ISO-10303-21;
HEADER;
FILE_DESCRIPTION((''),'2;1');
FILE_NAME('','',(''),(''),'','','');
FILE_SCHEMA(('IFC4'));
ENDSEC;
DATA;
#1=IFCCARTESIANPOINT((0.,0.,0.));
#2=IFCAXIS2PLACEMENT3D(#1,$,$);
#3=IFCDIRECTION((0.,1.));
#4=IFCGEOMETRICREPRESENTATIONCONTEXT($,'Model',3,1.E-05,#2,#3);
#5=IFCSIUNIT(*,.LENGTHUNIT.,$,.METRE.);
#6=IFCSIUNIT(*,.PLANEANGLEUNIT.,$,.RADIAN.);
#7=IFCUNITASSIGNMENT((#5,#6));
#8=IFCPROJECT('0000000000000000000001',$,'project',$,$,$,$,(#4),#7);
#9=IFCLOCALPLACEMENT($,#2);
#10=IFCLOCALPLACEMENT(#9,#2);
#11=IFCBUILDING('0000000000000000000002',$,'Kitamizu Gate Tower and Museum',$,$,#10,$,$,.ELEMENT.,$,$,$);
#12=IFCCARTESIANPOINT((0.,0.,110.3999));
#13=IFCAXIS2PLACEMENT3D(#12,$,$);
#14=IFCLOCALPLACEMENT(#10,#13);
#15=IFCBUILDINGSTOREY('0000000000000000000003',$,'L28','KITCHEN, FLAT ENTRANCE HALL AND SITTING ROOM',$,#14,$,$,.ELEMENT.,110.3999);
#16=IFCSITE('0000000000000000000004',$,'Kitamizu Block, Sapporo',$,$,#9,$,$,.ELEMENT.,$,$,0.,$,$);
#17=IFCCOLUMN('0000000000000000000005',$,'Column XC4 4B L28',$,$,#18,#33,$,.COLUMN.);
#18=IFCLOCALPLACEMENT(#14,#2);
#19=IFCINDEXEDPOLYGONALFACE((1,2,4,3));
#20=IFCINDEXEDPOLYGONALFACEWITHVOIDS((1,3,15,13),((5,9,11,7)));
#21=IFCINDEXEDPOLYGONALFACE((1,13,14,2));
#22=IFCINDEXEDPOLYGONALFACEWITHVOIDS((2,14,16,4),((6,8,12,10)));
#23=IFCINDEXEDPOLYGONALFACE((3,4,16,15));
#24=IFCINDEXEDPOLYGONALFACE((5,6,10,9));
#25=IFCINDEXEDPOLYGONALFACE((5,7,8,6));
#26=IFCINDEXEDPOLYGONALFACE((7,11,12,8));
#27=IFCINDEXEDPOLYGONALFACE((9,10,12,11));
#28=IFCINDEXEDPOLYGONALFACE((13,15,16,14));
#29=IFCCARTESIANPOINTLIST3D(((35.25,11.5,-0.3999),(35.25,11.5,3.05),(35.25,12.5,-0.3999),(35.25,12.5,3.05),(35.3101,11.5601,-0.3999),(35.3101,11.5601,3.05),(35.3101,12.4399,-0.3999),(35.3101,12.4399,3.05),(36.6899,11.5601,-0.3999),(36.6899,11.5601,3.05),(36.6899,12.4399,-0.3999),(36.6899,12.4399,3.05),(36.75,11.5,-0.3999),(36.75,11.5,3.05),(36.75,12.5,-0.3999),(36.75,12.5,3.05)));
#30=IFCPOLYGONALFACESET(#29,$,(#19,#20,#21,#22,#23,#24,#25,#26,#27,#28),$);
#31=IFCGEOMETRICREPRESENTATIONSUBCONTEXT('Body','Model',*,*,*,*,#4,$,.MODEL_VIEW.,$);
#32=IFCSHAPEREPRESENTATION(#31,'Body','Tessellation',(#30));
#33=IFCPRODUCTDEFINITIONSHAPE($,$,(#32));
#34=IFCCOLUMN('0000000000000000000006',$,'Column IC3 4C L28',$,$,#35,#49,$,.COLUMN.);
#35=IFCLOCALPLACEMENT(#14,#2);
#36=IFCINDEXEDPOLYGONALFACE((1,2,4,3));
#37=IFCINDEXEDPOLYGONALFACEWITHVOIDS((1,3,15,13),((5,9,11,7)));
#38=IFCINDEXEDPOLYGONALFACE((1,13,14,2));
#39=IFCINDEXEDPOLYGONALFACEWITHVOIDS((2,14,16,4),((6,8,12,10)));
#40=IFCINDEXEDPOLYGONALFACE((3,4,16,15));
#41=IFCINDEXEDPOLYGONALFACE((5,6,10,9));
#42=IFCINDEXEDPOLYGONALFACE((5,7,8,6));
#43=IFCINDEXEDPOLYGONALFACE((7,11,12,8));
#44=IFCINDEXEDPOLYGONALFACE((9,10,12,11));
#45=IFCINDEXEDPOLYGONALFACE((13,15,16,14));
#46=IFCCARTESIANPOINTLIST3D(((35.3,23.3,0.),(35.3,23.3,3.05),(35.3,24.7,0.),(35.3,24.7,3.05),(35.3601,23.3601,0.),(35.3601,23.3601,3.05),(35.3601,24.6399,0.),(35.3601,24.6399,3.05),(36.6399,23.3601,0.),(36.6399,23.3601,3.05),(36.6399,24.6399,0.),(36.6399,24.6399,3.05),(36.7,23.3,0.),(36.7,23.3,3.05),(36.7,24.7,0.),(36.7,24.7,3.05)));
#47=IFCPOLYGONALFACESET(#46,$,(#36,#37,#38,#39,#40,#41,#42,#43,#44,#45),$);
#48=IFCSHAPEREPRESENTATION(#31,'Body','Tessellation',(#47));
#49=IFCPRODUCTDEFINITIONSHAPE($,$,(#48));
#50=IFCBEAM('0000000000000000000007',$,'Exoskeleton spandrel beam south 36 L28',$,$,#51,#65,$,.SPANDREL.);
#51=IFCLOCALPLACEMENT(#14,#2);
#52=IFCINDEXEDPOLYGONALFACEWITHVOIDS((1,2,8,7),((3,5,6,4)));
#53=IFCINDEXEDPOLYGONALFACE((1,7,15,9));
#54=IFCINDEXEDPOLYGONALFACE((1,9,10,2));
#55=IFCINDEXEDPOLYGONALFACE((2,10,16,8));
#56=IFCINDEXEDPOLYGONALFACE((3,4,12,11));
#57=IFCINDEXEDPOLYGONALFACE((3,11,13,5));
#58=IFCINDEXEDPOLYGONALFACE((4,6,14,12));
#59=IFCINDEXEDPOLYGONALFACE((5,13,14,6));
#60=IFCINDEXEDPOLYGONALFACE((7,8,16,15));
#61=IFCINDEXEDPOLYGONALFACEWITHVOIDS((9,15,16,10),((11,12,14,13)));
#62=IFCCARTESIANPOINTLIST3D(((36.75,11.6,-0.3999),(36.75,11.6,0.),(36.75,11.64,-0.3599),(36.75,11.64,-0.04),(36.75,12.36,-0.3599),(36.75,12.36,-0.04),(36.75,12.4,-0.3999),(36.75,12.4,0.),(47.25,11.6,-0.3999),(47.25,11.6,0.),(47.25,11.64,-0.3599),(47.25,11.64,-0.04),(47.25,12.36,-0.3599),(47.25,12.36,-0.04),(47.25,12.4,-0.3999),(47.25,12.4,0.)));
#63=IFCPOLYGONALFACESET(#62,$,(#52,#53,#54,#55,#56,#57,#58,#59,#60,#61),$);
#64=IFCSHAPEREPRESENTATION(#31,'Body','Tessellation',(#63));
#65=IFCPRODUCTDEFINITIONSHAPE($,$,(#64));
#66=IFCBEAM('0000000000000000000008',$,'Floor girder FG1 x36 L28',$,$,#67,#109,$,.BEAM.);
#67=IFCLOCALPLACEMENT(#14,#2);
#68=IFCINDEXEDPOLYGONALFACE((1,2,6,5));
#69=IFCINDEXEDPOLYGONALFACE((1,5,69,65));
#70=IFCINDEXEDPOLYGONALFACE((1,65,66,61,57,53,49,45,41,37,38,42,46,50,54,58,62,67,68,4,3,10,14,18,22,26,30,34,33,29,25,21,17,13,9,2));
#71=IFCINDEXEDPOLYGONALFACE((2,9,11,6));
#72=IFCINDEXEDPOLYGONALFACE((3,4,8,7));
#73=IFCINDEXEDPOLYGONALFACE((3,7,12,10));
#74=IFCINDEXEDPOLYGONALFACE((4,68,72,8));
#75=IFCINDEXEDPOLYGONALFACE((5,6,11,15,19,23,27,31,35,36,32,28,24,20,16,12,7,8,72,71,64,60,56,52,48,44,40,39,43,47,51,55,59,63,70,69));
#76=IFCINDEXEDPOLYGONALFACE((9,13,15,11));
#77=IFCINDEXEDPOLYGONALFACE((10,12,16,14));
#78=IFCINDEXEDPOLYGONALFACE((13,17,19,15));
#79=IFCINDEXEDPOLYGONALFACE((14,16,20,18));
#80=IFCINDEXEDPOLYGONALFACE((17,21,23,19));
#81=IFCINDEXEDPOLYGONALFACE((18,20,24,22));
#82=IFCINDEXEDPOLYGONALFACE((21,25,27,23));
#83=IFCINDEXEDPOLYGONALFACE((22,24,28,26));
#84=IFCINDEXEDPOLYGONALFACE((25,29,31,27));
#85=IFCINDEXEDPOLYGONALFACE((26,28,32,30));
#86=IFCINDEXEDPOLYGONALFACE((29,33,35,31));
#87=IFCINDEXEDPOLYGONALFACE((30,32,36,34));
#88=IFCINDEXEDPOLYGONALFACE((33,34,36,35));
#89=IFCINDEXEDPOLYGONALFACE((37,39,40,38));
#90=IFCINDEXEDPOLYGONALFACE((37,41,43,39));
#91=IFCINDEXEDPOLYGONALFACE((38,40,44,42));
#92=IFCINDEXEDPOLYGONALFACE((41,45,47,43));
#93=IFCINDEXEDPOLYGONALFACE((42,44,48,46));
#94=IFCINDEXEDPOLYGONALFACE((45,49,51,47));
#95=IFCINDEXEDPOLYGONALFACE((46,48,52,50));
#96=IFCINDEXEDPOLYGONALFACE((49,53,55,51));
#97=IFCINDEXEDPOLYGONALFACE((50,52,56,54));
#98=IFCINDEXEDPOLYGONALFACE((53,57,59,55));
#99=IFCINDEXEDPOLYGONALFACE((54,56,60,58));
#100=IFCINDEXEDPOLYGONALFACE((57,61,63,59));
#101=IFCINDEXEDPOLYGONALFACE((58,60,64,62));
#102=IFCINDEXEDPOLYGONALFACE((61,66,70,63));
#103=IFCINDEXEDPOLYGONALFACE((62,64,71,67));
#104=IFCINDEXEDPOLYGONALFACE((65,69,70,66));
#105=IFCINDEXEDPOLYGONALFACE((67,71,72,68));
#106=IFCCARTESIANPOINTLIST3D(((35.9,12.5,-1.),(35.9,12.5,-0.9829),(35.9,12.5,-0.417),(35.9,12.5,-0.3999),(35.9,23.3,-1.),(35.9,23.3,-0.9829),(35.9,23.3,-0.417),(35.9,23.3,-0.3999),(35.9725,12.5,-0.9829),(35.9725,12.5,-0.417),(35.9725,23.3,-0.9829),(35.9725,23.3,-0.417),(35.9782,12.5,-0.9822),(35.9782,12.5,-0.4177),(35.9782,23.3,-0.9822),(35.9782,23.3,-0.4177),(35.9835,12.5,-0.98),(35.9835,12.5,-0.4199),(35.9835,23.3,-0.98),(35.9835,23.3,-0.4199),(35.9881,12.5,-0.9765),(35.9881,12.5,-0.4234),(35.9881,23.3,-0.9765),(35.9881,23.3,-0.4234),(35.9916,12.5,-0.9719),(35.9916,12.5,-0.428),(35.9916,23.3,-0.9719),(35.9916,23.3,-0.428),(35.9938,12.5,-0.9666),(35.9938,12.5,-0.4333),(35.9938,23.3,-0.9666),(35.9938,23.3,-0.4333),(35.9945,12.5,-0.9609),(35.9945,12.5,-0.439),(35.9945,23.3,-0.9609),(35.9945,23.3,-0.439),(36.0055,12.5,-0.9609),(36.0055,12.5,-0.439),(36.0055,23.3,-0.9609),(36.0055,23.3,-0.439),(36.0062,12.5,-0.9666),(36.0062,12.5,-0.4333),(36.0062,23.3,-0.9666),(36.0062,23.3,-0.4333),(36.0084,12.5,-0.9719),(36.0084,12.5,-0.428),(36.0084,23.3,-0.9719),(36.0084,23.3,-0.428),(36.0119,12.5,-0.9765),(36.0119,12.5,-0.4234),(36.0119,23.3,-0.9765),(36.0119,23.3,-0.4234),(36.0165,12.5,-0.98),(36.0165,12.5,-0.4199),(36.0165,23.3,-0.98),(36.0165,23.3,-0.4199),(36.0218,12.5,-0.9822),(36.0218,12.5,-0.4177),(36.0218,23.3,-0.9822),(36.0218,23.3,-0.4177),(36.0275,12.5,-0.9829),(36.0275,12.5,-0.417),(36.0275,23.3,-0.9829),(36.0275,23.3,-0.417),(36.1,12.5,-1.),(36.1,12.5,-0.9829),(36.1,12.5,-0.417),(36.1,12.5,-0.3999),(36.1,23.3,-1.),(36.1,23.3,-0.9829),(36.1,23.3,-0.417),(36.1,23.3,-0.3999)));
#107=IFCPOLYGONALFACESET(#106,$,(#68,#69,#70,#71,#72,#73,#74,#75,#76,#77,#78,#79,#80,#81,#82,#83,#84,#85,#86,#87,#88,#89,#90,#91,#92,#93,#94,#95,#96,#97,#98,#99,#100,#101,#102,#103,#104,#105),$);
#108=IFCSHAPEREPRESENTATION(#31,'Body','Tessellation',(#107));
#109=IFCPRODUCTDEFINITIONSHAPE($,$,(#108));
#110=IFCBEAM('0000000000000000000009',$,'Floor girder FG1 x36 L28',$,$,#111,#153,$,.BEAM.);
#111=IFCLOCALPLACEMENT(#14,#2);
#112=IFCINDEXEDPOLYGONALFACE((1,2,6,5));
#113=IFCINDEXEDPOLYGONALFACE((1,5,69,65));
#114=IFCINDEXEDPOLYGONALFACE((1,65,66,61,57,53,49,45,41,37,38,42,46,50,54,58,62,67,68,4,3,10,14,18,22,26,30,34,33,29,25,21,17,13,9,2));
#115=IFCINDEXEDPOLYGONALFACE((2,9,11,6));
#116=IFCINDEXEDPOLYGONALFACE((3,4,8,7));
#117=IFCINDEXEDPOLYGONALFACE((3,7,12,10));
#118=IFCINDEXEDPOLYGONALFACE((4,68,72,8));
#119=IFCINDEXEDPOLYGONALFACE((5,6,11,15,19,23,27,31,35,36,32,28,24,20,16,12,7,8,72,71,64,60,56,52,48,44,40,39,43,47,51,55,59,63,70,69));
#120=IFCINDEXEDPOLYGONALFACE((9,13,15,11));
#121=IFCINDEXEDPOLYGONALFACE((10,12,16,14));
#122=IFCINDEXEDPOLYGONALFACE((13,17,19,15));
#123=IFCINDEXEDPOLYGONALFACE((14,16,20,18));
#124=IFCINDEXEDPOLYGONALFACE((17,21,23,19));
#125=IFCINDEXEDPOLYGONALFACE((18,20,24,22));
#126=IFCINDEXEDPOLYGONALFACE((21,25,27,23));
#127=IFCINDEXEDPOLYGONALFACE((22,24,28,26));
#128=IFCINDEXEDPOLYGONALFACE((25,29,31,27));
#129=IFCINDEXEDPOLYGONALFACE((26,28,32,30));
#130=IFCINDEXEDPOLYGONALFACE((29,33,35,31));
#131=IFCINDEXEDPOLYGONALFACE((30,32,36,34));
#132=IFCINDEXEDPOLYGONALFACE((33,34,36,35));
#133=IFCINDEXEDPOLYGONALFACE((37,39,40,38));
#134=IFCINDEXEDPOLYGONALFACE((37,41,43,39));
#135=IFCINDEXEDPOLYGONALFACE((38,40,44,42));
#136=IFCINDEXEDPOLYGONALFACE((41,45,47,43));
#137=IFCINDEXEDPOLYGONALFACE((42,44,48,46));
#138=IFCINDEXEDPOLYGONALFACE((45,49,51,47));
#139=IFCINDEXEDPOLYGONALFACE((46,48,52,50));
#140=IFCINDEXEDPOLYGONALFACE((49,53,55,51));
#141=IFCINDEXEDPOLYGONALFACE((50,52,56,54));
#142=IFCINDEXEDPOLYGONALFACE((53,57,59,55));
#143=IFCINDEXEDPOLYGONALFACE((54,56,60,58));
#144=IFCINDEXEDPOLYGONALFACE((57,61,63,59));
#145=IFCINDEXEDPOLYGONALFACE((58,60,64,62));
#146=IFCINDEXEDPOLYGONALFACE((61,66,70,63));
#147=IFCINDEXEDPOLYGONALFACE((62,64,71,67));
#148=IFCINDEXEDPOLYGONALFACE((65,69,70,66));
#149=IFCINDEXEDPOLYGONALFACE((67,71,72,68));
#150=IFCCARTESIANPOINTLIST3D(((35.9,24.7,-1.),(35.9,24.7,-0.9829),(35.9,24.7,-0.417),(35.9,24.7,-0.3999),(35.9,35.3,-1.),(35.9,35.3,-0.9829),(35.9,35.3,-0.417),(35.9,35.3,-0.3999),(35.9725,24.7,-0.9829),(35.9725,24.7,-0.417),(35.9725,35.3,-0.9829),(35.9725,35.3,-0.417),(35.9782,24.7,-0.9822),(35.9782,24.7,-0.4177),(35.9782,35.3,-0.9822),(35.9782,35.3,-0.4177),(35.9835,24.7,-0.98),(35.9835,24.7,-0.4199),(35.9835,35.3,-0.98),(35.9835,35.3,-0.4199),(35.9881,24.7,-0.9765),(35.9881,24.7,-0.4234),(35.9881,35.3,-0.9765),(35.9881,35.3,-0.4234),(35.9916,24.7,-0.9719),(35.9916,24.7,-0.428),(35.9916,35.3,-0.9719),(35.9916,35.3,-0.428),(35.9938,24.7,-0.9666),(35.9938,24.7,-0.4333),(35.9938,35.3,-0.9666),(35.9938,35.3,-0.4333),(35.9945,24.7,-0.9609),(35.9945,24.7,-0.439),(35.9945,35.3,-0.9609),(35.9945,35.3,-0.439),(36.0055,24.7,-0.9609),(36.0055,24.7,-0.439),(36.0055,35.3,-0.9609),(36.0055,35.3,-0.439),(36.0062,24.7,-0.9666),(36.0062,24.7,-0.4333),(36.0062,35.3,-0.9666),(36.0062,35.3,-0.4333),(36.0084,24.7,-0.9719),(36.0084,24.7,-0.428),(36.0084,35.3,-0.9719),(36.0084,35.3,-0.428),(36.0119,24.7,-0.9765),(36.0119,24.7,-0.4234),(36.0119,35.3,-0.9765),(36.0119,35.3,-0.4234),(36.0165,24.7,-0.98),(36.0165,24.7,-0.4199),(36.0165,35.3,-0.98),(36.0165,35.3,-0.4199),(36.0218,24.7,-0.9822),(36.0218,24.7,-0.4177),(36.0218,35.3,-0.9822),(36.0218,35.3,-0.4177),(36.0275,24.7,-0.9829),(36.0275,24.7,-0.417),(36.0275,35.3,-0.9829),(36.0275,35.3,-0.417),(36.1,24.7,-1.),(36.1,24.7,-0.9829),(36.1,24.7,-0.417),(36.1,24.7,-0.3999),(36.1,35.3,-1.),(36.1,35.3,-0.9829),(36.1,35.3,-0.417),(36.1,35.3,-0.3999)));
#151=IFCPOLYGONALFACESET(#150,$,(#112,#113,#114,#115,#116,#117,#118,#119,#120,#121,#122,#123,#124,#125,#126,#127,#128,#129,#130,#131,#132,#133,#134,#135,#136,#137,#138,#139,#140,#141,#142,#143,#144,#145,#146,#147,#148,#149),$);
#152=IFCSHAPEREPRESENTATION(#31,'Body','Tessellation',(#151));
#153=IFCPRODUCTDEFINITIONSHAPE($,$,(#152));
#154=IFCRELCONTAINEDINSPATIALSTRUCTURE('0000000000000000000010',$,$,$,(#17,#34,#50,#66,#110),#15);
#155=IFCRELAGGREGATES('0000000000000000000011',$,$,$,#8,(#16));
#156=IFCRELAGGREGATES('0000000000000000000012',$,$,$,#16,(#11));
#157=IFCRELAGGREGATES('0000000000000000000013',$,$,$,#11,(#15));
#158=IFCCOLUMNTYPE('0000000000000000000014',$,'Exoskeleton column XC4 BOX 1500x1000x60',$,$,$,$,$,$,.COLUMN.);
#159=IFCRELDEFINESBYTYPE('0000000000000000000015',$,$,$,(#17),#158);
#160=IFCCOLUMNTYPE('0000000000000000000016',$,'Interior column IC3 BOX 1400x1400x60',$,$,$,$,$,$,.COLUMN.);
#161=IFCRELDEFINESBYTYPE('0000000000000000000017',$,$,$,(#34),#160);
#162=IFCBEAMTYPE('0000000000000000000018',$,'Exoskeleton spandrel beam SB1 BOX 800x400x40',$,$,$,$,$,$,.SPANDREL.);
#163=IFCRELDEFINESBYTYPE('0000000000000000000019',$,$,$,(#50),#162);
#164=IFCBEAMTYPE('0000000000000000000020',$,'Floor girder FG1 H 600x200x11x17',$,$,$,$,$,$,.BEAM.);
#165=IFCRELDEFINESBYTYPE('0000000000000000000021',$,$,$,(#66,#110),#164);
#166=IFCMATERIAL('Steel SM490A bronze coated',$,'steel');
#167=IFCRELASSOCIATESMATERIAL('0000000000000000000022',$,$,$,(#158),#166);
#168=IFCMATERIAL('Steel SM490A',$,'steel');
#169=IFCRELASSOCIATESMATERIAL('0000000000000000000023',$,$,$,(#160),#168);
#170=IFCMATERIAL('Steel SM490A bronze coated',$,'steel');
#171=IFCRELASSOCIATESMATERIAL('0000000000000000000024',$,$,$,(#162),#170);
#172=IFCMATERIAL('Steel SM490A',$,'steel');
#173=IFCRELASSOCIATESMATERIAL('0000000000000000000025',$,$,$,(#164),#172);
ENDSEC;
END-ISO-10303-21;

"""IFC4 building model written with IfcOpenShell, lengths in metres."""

from ifc_helpers import new_model, si_unit, direction, frame, origin, origin_2d, place, context, subcontext, project, spatial, hollow_rectangle, i_section, extrude, material, material_profile, profile_set, type_object, element, save


model = new_model("IFC4")

# Units and contexts
model_context = context("Model", 3, precision=1e-05, world=origin(), true_north=direction((0.0, 1.0)))
body_context = subcontext(model_context, "Body", "Model", "MODEL_VIEW")
ifc_project = project(units=[si_unit("LENGTHUNIT", "METRE"), si_unit("PLANEANGLEUNIT", "RADIAN")], contexts=[model_context])

# Site, building, storey
site_placement = place(None, origin())
site = spatial("IfcSite", under=ifc_project, at=site_placement, Name="Kitamizu Block, Sapporo", CompositionType="ELEMENT", RefElevation=0.0)
building_placement = place(site_placement, origin())
building = spatial("IfcBuilding", under=site, at=building_placement, Name="Kitamizu Gate Tower and Museum", CompositionType="ELEMENT")
storey_placement = place(building_placement, frame((0.0, 0.0, 110.3999)))
storey = spatial("IfcBuildingStorey", under=building, at=storey_placement, Name="L28", Description="KITCHEN, FLAT ENTRANCE HALL AND SITTING ROOM", CompositionType="ELEMENT", Elevation=110.3999)

# Columns
ifc_material_1 = material(Name="Steel SM490A bronze coated", Category="steel")
ifc_material_profile_1 = material_profile(ifc_material_1, hollow_rectangle(XDim=1.5, YDim=1.0, WallThickness=0.0601, at=origin_2d()), Name="BOX 1500x1000x60")
ifc_profile_set_1 = profile_set([ifc_material_profile_1], Name="Steel SM490A bronze coated")
column_type_1 = type_object("IfcColumnType", Name="Exoskeleton column XC4 BOX 1500x1000x60", PredefinedType="COLUMN", material=ifc_profile_set_1)
column_1_placement = place(storey_placement, frame((36.0, 12.0, -0.3999), z_axis=(0.0, 0.0, 1.0), x_axis=(1.0, 0.0, 0.0)))
element("IfcColumn", 1, at=column_1_placement, inside=storey, type_object=column_type_1, Name="Column XC4 4B L28", PredefinedType="COLUMN", context=body_context, shape_type="SweptSolid", body=[
    extrude(hollow_rectangle(XDim=1.5, YDim=1.0, WallThickness=0.0601, at=origin_2d()), origin(), (0.0, 0.0, 1.0), 3.45),
])
ifc_material_2 = material(Name="Steel SM490A", Category="steel")
ifc_material_profile_2 = material_profile(ifc_material_2, hollow_rectangle(XDim=1.3999, YDim=1.3999, WallThickness=0.0601, at=origin_2d()), Name="BOX 1400x1400x60")
ifc_profile_set_2 = profile_set([ifc_material_profile_2], Name="Steel SM490A")
column_type_2 = type_object("IfcColumnType", Name="Interior column IC3 BOX 1400x1400x60", PredefinedType="COLUMN", material=ifc_profile_set_2)
column_2_placement = place(storey_placement, frame((36.0, 24.0, 0.0), z_axis=(0.0, 0.0, 1.0), x_axis=(1.0, 0.0, 0.0)))
element("IfcColumn", 2, at=column_2_placement, inside=storey, type_object=column_type_2, Name="Column IC3 4C L28", PredefinedType="COLUMN", context=body_context, shape_type="SweptSolid", body=[
    extrude(hollow_rectangle(XDim=1.3999, YDim=1.3999, WallThickness=0.0601, at=origin_2d()), origin(), (0.0, 0.0, 1.0), 3.05),
])

# Beams
ifc_material_3 = material(Name="Steel SM490A bronze coated", Category="steel")
ifc_material_profile_3 = material_profile(ifc_material_3, hollow_rectangle(XDim=0.8, YDim=0.3999, WallThickness=0.04, at=origin_2d()), Name="BOX 800x400x40")
ifc_profile_set_3 = profile_set([ifc_material_profile_3], Name="Steel SM490A bronze coated")
beam_type_1 = type_object("IfcBeamType", Name="Exoskeleton spandrel beam SB1 BOX 800x400x40", PredefinedType="SPANDREL", material=ifc_profile_set_3)
beam_1_placement = place(storey_placement, frame((36.75, 12.0, -0.2), z_axis=(1.0, 0.0, 0.0), x_axis=(0.0, 1.0, 0.0)))
element("IfcBeam", 3, at=beam_1_placement, inside=storey, type_object=beam_type_1, Name="Exoskeleton spandrel beam south 36 L28", PredefinedType="SPANDREL", context=body_context, shape_type="SweptSolid", body=[
    extrude(hollow_rectangle(XDim=0.8, YDim=0.3999, WallThickness=0.04, at=origin_2d()), origin(), (0.0, 0.0, 1.0), 10.5),
])
ifc_material_4 = material(Name="Steel SM490A", Category="steel")
ifc_material_profile_4 = material_profile(ifc_material_4, i_section(OverallWidth=0.2, OverallDepth=0.6001, WebThickness=0.011, FlangeThickness=0.0171, FilletRadius=0.022, at=origin_2d()), Name="H-600x200x11x17")
ifc_profile_set_4 = profile_set([ifc_material_profile_4], Name="Steel SM490A")
beam_type_2 = type_object("IfcBeamType", Name="Floor girder FG1 H 600x200x11x17", PredefinedType="BEAM", material=ifc_profile_set_4)
beam_2_placement = place(storey_placement, frame((36.0, 12.5, -0.7), z_axis=(0.0, 1.0, 0.0), x_axis=(-1.0, 0.0, 0.0)))
element("IfcBeam", 4, at=beam_2_placement, inside=storey, type_object=beam_type_2, Name="Floor girder FG1 x36 L28", PredefinedType="BEAM", context=body_context, shape_type="SweptSolid", body=[
    extrude(i_section(OverallWidth=0.2, OverallDepth=0.6001, WebThickness=0.011, FlangeThickness=0.0171, FilletRadius=0.022, at=origin_2d()), origin(), (0.0, 0.0, 1.0), 10.8),
])
beam_3_placement = place(storey_placement, frame((36.0, 24.7, -0.7), z_axis=(0.0, 1.0, 0.0), x_axis=(-1.0, 0.0, 0.0)))
element("IfcBeam", 5, at=beam_3_placement, inside=storey, type_object=beam_type_2, Name="Floor girder FG1 x36 L28", PredefinedType="BEAM", context=body_context, shape_type="SweptSolid", body=[
    extrude(i_section(OverallWidth=0.2, OverallDepth=0.6001, WebThickness=0.011, FlangeThickness=0.0171, FilletRadius=0.022, at=origin_2d()), origin(), (0.0, 0.0, 1.0), 10.6001),
])

save(model, "model.ifc")
